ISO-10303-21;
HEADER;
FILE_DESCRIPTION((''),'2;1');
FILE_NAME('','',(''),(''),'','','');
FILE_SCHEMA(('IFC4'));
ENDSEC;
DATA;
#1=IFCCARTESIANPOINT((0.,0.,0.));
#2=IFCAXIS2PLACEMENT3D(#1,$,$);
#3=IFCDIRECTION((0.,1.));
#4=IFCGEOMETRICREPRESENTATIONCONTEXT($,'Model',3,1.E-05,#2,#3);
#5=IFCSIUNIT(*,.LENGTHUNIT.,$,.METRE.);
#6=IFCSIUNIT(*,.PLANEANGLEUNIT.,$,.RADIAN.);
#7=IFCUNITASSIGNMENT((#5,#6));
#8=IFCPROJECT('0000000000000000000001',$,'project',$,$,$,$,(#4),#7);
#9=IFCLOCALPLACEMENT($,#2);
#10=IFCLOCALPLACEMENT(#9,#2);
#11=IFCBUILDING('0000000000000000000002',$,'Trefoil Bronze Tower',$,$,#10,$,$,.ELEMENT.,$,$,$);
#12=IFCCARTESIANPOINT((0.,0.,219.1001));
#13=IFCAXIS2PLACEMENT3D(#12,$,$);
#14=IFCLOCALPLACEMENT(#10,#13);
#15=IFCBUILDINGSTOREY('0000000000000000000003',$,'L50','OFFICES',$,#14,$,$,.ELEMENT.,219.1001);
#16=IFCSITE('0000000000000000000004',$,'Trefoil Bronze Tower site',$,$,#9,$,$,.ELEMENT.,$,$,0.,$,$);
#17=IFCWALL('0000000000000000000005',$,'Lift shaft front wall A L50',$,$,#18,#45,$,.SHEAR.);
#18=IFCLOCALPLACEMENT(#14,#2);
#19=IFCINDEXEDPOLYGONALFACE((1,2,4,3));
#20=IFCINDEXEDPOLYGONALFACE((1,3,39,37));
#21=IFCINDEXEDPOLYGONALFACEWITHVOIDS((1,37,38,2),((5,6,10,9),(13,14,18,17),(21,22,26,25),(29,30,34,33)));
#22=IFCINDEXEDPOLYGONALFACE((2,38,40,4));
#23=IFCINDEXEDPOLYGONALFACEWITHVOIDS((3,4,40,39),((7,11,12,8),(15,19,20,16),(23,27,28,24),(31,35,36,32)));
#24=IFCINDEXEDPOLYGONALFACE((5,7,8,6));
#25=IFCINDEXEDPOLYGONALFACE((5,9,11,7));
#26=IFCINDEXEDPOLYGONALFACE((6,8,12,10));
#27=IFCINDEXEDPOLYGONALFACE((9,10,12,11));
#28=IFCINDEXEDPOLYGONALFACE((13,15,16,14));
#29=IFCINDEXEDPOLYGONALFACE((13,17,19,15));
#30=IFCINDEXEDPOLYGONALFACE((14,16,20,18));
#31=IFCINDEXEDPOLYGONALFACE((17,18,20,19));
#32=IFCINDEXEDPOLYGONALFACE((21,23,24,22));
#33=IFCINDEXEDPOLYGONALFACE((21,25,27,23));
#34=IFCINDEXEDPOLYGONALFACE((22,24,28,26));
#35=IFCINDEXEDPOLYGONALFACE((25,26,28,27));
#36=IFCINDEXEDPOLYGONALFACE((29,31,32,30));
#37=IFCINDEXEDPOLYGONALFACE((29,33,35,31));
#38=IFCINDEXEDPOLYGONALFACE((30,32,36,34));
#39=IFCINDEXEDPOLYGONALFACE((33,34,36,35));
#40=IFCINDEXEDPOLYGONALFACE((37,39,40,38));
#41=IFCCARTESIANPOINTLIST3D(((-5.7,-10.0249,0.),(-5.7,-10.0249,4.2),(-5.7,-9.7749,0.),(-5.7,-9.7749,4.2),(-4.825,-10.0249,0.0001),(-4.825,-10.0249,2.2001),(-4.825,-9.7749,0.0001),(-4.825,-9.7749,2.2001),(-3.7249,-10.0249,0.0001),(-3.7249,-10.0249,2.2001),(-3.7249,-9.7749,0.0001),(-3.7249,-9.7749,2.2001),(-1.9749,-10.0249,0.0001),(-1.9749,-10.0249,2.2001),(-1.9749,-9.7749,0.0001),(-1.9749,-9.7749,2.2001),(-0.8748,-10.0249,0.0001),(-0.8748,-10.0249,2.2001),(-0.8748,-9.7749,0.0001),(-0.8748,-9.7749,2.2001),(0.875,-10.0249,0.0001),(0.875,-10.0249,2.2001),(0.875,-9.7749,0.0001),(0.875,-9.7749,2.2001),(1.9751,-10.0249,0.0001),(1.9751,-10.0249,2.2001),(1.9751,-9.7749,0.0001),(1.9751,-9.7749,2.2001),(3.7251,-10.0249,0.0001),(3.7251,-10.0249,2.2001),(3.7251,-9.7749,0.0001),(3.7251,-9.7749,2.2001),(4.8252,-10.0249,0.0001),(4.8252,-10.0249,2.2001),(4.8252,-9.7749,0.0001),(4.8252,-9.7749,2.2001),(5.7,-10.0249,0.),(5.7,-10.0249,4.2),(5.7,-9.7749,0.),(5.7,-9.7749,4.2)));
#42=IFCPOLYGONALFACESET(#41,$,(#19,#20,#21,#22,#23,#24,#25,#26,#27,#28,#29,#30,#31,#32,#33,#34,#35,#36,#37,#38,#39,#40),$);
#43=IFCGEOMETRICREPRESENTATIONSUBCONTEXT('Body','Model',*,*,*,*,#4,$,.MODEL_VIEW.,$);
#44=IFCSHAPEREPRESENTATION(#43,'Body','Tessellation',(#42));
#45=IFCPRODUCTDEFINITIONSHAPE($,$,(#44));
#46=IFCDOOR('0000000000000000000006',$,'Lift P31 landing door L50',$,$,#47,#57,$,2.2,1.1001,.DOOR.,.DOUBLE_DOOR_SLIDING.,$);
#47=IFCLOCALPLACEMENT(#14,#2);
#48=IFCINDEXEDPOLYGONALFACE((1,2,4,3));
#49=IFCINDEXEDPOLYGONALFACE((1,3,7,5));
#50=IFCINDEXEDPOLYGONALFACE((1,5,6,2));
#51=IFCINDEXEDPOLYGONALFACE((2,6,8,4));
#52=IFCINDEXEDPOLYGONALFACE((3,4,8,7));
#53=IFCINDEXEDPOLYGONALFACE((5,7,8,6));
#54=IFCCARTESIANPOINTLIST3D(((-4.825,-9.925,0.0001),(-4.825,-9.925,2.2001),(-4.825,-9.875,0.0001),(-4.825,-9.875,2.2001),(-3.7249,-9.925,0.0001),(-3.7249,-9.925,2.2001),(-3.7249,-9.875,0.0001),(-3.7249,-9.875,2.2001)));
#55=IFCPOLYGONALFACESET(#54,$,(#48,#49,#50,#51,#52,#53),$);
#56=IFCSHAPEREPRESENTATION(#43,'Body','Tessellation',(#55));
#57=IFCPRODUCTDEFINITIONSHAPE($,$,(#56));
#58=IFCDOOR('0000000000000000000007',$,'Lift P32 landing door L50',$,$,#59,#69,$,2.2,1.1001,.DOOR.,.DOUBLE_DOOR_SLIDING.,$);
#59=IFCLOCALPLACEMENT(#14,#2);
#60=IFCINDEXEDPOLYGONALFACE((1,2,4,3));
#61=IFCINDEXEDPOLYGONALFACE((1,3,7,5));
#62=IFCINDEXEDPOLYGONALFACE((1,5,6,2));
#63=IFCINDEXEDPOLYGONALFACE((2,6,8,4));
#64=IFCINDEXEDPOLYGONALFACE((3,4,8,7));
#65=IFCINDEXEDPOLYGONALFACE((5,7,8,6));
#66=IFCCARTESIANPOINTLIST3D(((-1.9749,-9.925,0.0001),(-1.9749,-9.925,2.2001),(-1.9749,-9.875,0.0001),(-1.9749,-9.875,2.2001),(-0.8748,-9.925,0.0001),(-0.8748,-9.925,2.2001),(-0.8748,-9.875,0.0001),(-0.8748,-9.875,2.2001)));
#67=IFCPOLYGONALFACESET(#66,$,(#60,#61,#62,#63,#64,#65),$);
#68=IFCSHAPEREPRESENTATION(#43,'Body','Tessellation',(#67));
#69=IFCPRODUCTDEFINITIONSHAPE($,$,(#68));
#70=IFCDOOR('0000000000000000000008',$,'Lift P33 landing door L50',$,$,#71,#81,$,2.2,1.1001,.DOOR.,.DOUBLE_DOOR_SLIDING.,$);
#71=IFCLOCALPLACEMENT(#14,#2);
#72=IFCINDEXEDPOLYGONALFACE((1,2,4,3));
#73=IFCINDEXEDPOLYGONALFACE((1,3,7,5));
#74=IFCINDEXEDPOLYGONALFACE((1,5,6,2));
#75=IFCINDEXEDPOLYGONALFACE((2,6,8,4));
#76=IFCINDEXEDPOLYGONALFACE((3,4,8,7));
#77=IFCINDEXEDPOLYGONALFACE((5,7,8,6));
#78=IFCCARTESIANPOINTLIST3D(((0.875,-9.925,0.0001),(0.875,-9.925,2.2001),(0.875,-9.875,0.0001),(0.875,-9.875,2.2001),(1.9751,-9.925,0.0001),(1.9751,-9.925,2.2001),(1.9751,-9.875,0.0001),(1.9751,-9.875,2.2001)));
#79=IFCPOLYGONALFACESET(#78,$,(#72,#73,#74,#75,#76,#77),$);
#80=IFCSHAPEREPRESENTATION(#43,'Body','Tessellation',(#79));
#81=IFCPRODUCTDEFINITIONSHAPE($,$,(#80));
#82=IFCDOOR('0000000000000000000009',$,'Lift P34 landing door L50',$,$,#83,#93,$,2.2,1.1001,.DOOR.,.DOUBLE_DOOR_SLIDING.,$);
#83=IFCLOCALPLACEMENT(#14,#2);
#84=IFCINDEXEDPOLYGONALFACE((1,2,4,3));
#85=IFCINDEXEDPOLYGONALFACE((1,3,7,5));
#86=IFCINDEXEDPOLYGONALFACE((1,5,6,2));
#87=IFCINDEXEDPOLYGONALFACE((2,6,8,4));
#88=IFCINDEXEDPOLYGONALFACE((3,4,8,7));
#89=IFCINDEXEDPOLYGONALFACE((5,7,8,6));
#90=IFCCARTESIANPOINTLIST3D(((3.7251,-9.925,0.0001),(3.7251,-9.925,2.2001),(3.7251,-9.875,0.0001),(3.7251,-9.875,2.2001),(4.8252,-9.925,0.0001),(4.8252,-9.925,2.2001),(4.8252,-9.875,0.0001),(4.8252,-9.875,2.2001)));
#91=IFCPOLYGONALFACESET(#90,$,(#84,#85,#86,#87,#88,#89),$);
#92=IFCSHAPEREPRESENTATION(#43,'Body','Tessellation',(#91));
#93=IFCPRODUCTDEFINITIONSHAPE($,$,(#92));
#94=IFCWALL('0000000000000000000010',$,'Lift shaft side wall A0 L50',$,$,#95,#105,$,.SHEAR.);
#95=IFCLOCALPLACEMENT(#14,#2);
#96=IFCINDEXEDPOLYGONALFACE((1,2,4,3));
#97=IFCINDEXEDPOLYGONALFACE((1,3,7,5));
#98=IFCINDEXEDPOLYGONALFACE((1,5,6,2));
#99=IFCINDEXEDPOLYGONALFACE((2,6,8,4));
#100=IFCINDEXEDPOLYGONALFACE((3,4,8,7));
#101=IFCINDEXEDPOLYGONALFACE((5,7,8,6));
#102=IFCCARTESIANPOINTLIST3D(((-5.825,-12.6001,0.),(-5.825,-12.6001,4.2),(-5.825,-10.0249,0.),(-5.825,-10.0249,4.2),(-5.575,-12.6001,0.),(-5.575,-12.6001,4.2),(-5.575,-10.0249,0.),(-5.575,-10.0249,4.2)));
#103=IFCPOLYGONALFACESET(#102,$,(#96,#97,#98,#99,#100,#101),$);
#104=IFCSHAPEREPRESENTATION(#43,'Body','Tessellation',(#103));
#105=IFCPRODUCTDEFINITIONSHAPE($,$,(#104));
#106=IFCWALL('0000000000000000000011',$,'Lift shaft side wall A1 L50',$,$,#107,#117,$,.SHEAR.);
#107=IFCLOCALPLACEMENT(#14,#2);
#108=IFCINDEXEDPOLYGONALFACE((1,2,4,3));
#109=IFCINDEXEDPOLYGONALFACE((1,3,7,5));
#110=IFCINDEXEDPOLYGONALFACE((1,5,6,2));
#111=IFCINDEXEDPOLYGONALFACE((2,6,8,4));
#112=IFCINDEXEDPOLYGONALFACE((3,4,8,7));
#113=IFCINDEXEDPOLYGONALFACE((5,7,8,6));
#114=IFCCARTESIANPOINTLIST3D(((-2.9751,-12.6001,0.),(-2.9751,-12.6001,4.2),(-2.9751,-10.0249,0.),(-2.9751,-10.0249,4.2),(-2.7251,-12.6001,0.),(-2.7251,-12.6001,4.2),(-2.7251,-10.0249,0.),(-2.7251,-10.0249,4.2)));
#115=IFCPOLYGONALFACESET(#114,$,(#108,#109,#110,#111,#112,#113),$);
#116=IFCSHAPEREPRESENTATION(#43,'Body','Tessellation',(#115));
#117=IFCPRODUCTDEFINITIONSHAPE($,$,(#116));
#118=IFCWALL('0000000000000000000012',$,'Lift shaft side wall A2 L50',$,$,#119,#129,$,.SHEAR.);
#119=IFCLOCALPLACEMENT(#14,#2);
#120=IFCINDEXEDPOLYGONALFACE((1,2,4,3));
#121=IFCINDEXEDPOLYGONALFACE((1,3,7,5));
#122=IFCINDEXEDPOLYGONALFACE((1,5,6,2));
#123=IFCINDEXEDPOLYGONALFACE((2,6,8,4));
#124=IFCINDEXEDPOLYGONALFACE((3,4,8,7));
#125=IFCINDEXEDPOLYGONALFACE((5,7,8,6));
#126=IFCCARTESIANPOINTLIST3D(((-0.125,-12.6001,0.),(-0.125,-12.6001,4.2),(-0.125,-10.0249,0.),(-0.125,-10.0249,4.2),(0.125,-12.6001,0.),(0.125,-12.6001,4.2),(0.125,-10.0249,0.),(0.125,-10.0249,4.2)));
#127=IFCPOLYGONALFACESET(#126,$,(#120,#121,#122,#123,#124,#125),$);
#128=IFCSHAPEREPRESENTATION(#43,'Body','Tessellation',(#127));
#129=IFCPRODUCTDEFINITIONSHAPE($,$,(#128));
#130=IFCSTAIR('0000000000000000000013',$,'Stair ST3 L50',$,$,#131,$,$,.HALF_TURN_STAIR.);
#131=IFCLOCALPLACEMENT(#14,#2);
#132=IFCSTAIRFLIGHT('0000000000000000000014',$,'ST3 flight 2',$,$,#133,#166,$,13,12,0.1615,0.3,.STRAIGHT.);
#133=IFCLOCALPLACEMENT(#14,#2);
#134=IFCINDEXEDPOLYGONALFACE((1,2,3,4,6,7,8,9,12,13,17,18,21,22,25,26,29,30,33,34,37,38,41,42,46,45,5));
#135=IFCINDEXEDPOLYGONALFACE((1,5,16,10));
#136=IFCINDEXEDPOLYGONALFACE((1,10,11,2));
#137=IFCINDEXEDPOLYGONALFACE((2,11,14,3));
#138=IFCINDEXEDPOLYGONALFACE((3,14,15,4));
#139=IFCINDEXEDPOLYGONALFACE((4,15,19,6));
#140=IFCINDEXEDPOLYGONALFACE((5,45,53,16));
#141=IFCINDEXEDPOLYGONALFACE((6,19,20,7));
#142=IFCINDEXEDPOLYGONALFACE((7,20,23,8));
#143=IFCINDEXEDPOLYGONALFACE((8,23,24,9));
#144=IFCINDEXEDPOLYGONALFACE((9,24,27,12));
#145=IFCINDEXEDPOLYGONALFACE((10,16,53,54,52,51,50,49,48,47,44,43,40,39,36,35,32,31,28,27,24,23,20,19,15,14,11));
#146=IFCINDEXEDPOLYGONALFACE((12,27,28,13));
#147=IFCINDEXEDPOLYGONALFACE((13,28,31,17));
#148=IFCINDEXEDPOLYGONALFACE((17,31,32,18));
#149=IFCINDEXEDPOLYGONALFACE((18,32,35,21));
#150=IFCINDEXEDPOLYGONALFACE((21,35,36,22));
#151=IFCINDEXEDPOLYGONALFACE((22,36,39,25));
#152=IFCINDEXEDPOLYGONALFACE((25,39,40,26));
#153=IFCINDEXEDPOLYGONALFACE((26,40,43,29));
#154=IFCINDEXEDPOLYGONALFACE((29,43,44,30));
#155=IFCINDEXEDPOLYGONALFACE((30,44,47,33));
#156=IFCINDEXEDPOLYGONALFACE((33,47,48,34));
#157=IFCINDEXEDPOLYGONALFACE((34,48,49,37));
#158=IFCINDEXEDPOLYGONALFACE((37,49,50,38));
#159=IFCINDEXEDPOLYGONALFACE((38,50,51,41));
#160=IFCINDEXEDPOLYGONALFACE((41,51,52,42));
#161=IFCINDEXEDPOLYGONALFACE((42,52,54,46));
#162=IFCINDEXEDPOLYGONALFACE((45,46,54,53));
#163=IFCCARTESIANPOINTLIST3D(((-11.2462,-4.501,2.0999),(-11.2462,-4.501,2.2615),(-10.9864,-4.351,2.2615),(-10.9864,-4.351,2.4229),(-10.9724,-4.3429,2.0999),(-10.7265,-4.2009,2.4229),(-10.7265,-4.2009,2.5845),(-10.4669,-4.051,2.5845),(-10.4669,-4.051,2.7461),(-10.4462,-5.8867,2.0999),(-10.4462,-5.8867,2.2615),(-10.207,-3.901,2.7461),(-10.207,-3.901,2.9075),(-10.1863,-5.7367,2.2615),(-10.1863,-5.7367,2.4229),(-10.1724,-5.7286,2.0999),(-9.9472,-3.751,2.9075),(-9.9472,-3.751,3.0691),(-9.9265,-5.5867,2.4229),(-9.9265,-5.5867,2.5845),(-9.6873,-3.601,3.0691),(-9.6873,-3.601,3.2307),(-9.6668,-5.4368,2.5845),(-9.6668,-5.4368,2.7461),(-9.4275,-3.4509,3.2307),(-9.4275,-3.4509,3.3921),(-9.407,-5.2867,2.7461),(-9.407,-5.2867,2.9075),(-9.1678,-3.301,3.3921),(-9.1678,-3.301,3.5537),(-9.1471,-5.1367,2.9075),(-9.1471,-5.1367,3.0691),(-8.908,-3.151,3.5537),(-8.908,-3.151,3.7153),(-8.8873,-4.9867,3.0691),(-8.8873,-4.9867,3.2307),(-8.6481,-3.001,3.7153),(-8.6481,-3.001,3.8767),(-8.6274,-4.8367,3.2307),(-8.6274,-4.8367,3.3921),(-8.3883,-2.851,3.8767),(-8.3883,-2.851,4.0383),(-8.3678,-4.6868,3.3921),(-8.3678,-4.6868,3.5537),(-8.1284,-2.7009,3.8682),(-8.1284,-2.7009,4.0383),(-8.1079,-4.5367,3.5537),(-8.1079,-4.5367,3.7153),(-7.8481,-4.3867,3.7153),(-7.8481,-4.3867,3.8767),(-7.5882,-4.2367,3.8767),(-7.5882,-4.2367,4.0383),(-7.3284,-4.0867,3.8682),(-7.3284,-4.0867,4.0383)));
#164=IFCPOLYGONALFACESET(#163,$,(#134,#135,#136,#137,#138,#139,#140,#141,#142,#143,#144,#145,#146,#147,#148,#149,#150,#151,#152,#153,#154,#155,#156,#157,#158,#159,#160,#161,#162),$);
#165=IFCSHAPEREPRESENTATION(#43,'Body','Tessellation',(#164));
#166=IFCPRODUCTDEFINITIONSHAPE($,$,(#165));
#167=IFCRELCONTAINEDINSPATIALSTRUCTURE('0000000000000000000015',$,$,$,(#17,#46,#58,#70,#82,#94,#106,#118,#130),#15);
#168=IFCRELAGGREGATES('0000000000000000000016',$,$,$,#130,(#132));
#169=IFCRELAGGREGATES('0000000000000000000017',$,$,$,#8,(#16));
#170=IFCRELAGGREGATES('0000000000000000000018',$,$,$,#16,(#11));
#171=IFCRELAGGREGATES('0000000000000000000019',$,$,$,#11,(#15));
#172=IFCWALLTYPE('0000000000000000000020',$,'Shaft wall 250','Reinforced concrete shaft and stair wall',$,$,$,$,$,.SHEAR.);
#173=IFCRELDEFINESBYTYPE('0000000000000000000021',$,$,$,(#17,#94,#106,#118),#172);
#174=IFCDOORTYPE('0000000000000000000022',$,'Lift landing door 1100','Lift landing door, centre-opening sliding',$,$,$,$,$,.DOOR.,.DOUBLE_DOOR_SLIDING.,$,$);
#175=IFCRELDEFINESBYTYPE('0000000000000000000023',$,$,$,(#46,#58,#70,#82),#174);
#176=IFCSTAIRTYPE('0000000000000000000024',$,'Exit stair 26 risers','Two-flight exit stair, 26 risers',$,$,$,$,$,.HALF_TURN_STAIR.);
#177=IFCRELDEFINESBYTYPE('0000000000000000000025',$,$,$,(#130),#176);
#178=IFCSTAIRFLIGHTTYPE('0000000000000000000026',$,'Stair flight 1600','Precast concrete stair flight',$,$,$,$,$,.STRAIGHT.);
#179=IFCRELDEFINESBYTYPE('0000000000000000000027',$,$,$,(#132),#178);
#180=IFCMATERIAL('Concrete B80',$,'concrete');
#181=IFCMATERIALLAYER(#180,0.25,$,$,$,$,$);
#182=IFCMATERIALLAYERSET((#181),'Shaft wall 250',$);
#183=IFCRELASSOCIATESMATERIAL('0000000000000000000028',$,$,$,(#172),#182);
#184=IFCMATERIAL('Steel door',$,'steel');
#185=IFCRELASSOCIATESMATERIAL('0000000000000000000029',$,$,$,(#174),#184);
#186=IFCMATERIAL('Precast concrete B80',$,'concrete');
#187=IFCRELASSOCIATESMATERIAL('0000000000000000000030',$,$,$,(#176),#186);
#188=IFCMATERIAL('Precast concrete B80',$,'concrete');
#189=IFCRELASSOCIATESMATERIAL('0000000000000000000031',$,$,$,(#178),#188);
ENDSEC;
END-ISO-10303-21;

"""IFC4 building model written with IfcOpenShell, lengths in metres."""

from ifc_helpers import new_model, si_unit, direction, frame, frame_2d, origin, place, context, subcontext, project, spatial, polyline, rectangle, outline, extrude, material, layer, layer_set, type_object, element, fill, aggregate, save


model = new_model("IFC4")

# Units and contexts
model_context = context("Model", 3, precision=1e-05, world=origin(), true_north=direction((0.0, 1.0)))
body_context = subcontext(model_context, "Body", "Model", "MODEL_VIEW")
ifc_project = project(units=[si_unit("LENGTHUNIT", "METRE"), si_unit("PLANEANGLEUNIT", "RADIAN")], contexts=[model_context])

# Site, building, storey
site_placement = place(None, origin())
site = spatial("IfcSite", under=ifc_project, at=site_placement, Name="Trefoil Bronze Tower site", CompositionType="ELEMENT", RefElevation=0.0)
building_placement = place(site_placement, origin())
building = spatial("IfcBuilding", under=site, at=building_placement, Name="Trefoil Bronze Tower", CompositionType="ELEMENT")
storey_placement = place(building_placement, frame((0.0, 0.0, 219.1001)))
storey = spatial("IfcBuildingStorey", under=building, at=storey_placement, Name="L50", Description="OFFICES", CompositionType="ELEMENT", Elevation=219.1001)

# Wall, openings, doors
ifc_material_1 = material(Name="Concrete B80", Category="concrete")
ifc_layer_1 = layer(ifc_material_1, 0.25)
ifc_layer_set_1 = layer_set([ifc_layer_1], Name="Shaft wall 250")
wall_type_1 = type_object("IfcWallType", Name="Shaft wall 250", Description="Reinforced concrete shaft and stair wall", PredefinedType="SHEAR", material=ifc_layer_set_1)
wall_1_placement = place(storey_placement, frame((-5.7, -9.8999, 0.0), z_axis=(0.0, 0.0, 1.0), x_axis=(1.0, 0.0, 0.0)))
wall_1 = element("IfcWall", 1, at=wall_1_placement, inside=storey, type_object=wall_type_1, Name="Lift shaft front wall A L50", PredefinedType="SHEAR", context=body_context, shape_type="SweptSolid", body=[
    extrude(rectangle(XDim=11.3999, YDim=0.25, at=frame_2d((5.7, 0.0))), origin(), (0.0, 0.0, 1.0), 4.2),
])
opening_1_placement = place(wall_1_placement, frame((0.875, 0.0, 0.0)))
opening_1 = element("IfcOpeningElement", 2, at=opening_1_placement, cuts=wall_1, PredefinedType="OPENING", context=body_context, shape_type="SweptSolid", body=[
    extrude(rectangle(XDim=1.1001, YDim=2.2, at=frame_2d((0.55, 1.1001))), frame((0.0, 0.135, 0.0), z_axis=(0.0, -1.0, 0.0), x_axis=(1.0, 0.0, 0.0)), (0.0, 0.0, 1.0), 0.27),
])
opening_2_placement = place(wall_1_placement, frame((3.7251, 0.0, 0.0)))
opening_2 = element("IfcOpeningElement", 3, at=opening_2_placement, cuts=wall_1, PredefinedType="OPENING", context=body_context, shape_type="SweptSolid", body=[
    extrude(rectangle(XDim=1.1001, YDim=2.2, at=frame_2d((0.55, 1.1001))), frame((0.0, 0.135, 0.0), z_axis=(0.0, -1.0, 0.0), x_axis=(1.0, 0.0, 0.0)), (0.0, 0.0, 1.0), 0.27),
])
opening_3_placement = place(wall_1_placement, frame((6.575, 0.0, 0.0)))
opening_3 = element("IfcOpeningElement", 4, at=opening_3_placement, cuts=wall_1, PredefinedType="OPENING", context=body_context, shape_type="SweptSolid", body=[
    extrude(rectangle(XDim=1.1001, YDim=2.2, at=frame_2d((0.55, 1.1001))), frame((0.0, 0.135, 0.0), z_axis=(0.0, -1.0, 0.0), x_axis=(1.0, 0.0, 0.0)), (0.0, 0.0, 1.0), 0.27),
])
opening_4_placement = place(wall_1_placement, frame((9.425, 0.0, 0.0)))
opening_4 = element("IfcOpeningElement", 5, at=opening_4_placement, cuts=wall_1, PredefinedType="OPENING", context=body_context, shape_type="SweptSolid", body=[
    extrude(rectangle(XDim=1.1001, YDim=2.2, at=frame_2d((0.55, 1.1001))), frame((0.0, 0.135, 0.0), z_axis=(0.0, -1.0, 0.0), x_axis=(1.0, 0.0, 0.0)), (0.0, 0.0, 1.0), 0.27),
])
ifc_material_2 = material(Name="Steel door", Category="steel")
door_type_1 = type_object("IfcDoorType", Name="Lift landing door 1100", Description="Lift landing door, centre-opening sliding", OperationType="DOUBLE_DOOR_SLIDING", PredefinedType="DOOR", material=ifc_material_2)
door_1_placement = place(opening_1_placement, origin())
door_1 = element("IfcDoor", 6, at=door_1_placement, inside=storey, type_object=door_type_1, Name="Lift P31 landing door L50", OperationType="DOUBLE_DOOR_SLIDING", OverallHeight=2.2, OverallWidth=1.1001, PredefinedType="DOOR", context=body_context, shape_type="SweptSolid", body=[
    extrude(rectangle(XDim=1.1001, YDim=2.2, at=frame_2d((0.55, 1.1001))), frame((0.0, 0.0249, 0.0), z_axis=(0.0, -1.0, 0.0), x_axis=(1.0, 0.0, 0.0)), (0.0, 0.0, 1.0), 0.05),
])
fill(opening_1, door_1)
door_2_placement = place(opening_2_placement, origin())
door_2 = element("IfcDoor", 7, at=door_2_placement, inside=storey, type_object=door_type_1, Name="Lift P32 landing door L50", OperationType="DOUBLE_DOOR_SLIDING", OverallHeight=2.2, OverallWidth=1.1001, PredefinedType="DOOR", context=body_context, shape_type="SweptSolid", body=[
    extrude(rectangle(XDim=1.1001, YDim=2.2, at=frame_2d((0.55, 1.1001))), frame((0.0, 0.0249, 0.0), z_axis=(0.0, -1.0, 0.0), x_axis=(1.0, 0.0, 0.0)), (0.0, 0.0, 1.0), 0.05),
])
fill(opening_2, door_2)
door_3_placement = place(opening_3_placement, origin())
door_3 = element("IfcDoor", 8, at=door_3_placement, inside=storey, type_object=door_type_1, Name="Lift P33 landing door L50", OperationType="DOUBLE_DOOR_SLIDING", OverallHeight=2.2, OverallWidth=1.1001, PredefinedType="DOOR", context=body_context, shape_type="SweptSolid", body=[
    extrude(rectangle(XDim=1.1001, YDim=2.2, at=frame_2d((0.55, 1.1001))), frame((0.0, 0.0249, 0.0), z_axis=(0.0, -1.0, 0.0), x_axis=(1.0, 0.0, 0.0)), (0.0, 0.0, 1.0), 0.05),
])
fill(opening_3, door_3)
door_4_placement = place(opening_4_placement, origin())
door_4 = element("IfcDoor", 9, at=door_4_placement, inside=storey, type_object=door_type_1, Name="Lift P34 landing door L50", OperationType="DOUBLE_DOOR_SLIDING", OverallHeight=2.2, OverallWidth=1.1001, PredefinedType="DOOR", context=body_context, shape_type="SweptSolid", body=[
    extrude(rectangle(XDim=1.1001, YDim=2.2, at=frame_2d((0.55, 1.1001))), frame((0.0, 0.0249, 0.0), z_axis=(0.0, -1.0, 0.0), x_axis=(1.0, 0.0, 0.0)), (0.0, 0.0, 1.0), 0.05),
])
fill(opening_4, door_4)

# Walls
for number, where, z_axis, x_axis, name in (
    (10, (-5.7, -10.0249, 0.0), (0.0, 0.0, 1.0), (0.0, -1.0, 0.0), "Lift shaft side wall A0 L50"),
    (11, (-2.8501, -10.0249, 0.0), (0.0, 0.0, 1.0), (0.0, -1.0, 0.0), "Lift shaft side wall A1 L50"),
    (12, (0.0, -10.0249, 0.0), (0.0, 0.0, 1.0), (0.0, -1.0, 0.0), "Lift shaft side wall A2 L50"),
):
    element("IfcWall", number, at=place(storey_placement, frame(where, z_axis=z_axis, x_axis=x_axis)), inside=storey, type_object=wall_type_1, Name=name, PredefinedType="SHEAR", context=body_context, shape_type="SweptSolid", body=[
        extrude(rectangle(XDim=2.5752, YDim=0.25, at=frame_2d((1.2876, 0.0))), origin(), (0.0, 0.0, 1.0), 4.2),
    ])

# Stair, stair flight
ifc_material_3 = material(Name="Precast concrete B80", Category="concrete")
stair_type = type_object("IfcStairType", Name="Exit stair 26 risers", Description="Two-flight exit stair, 26 risers", PredefinedType="HALF_TURN_STAIR", material=ifc_material_3)
stair_placement = place(storey_placement, origin())
stair = element("IfcStair", 13, at=stair_placement, inside=storey, type_object=stair_type, Name="Stair ST3 L50", PredefinedType="HALF_TURN_STAIR")
ifc_material_4 = material(Name="Precast concrete B80", Category="concrete")
stair_flight_type = type_object("IfcStairFlightType", Name="Stair flight 1600", Description="Precast concrete stair flight", PredefinedType="STRAIGHT", material=ifc_material_4)
stair_flight_placement = place(storey_placement, frame((-10.8462, -5.1938, 2.0999), z_axis=(0.0, 0.0, 1.0), x_axis=(0.866025, 0.5, 0.0)))
stair_flight = element("IfcStairFlight", 14, at=stair_flight_placement, type_object=stair_flight_type, Name="ST3 flight 2", NumberOfRisers=13, NumberOfTreads=12, PredefinedType="STRAIGHT", RiserHeight=0.1615, TreadLength=0.3, context=body_context, shape_type="SweptSolid", body=[
    extrude(outline(polyline([(0.0, 0.0), (0.0, 0.1616), (0.3, 0.1616), (0.3, 0.323), (0.6001, 0.323), (0.6001, 0.4846), (0.8999, 0.4846), (0.8999, 0.6462), (1.2, 0.6462), (1.2, 0.8076), (1.5, 0.8076), (1.5, 0.9692), (1.8, 0.9692), (1.8, 1.1309), (2.1001, 1.1309), (2.1001, 1.2922), (2.3999, 1.2922), (2.3999, 1.4539), (2.7, 1.4539), (2.7, 1.6155), (3.0, 1.6155), (3.0, 1.7769), (3.3, 1.7769), (3.3, 1.9385), (3.6001, 1.9385), (3.6001, 2.1001), (3.6001, 1.7683), (0.3162, 0.0), (0.0, 0.0)])), frame((0.0, 0.8, 0.0), z_axis=(0.0, -1.0, 0.0), x_axis=(1.0, 0.0, 0.0)), (0.0, 0.0, 1.0), 1.6001),
])
aggregate(stair, [stair_flight])

save(model, "model.ifc")
